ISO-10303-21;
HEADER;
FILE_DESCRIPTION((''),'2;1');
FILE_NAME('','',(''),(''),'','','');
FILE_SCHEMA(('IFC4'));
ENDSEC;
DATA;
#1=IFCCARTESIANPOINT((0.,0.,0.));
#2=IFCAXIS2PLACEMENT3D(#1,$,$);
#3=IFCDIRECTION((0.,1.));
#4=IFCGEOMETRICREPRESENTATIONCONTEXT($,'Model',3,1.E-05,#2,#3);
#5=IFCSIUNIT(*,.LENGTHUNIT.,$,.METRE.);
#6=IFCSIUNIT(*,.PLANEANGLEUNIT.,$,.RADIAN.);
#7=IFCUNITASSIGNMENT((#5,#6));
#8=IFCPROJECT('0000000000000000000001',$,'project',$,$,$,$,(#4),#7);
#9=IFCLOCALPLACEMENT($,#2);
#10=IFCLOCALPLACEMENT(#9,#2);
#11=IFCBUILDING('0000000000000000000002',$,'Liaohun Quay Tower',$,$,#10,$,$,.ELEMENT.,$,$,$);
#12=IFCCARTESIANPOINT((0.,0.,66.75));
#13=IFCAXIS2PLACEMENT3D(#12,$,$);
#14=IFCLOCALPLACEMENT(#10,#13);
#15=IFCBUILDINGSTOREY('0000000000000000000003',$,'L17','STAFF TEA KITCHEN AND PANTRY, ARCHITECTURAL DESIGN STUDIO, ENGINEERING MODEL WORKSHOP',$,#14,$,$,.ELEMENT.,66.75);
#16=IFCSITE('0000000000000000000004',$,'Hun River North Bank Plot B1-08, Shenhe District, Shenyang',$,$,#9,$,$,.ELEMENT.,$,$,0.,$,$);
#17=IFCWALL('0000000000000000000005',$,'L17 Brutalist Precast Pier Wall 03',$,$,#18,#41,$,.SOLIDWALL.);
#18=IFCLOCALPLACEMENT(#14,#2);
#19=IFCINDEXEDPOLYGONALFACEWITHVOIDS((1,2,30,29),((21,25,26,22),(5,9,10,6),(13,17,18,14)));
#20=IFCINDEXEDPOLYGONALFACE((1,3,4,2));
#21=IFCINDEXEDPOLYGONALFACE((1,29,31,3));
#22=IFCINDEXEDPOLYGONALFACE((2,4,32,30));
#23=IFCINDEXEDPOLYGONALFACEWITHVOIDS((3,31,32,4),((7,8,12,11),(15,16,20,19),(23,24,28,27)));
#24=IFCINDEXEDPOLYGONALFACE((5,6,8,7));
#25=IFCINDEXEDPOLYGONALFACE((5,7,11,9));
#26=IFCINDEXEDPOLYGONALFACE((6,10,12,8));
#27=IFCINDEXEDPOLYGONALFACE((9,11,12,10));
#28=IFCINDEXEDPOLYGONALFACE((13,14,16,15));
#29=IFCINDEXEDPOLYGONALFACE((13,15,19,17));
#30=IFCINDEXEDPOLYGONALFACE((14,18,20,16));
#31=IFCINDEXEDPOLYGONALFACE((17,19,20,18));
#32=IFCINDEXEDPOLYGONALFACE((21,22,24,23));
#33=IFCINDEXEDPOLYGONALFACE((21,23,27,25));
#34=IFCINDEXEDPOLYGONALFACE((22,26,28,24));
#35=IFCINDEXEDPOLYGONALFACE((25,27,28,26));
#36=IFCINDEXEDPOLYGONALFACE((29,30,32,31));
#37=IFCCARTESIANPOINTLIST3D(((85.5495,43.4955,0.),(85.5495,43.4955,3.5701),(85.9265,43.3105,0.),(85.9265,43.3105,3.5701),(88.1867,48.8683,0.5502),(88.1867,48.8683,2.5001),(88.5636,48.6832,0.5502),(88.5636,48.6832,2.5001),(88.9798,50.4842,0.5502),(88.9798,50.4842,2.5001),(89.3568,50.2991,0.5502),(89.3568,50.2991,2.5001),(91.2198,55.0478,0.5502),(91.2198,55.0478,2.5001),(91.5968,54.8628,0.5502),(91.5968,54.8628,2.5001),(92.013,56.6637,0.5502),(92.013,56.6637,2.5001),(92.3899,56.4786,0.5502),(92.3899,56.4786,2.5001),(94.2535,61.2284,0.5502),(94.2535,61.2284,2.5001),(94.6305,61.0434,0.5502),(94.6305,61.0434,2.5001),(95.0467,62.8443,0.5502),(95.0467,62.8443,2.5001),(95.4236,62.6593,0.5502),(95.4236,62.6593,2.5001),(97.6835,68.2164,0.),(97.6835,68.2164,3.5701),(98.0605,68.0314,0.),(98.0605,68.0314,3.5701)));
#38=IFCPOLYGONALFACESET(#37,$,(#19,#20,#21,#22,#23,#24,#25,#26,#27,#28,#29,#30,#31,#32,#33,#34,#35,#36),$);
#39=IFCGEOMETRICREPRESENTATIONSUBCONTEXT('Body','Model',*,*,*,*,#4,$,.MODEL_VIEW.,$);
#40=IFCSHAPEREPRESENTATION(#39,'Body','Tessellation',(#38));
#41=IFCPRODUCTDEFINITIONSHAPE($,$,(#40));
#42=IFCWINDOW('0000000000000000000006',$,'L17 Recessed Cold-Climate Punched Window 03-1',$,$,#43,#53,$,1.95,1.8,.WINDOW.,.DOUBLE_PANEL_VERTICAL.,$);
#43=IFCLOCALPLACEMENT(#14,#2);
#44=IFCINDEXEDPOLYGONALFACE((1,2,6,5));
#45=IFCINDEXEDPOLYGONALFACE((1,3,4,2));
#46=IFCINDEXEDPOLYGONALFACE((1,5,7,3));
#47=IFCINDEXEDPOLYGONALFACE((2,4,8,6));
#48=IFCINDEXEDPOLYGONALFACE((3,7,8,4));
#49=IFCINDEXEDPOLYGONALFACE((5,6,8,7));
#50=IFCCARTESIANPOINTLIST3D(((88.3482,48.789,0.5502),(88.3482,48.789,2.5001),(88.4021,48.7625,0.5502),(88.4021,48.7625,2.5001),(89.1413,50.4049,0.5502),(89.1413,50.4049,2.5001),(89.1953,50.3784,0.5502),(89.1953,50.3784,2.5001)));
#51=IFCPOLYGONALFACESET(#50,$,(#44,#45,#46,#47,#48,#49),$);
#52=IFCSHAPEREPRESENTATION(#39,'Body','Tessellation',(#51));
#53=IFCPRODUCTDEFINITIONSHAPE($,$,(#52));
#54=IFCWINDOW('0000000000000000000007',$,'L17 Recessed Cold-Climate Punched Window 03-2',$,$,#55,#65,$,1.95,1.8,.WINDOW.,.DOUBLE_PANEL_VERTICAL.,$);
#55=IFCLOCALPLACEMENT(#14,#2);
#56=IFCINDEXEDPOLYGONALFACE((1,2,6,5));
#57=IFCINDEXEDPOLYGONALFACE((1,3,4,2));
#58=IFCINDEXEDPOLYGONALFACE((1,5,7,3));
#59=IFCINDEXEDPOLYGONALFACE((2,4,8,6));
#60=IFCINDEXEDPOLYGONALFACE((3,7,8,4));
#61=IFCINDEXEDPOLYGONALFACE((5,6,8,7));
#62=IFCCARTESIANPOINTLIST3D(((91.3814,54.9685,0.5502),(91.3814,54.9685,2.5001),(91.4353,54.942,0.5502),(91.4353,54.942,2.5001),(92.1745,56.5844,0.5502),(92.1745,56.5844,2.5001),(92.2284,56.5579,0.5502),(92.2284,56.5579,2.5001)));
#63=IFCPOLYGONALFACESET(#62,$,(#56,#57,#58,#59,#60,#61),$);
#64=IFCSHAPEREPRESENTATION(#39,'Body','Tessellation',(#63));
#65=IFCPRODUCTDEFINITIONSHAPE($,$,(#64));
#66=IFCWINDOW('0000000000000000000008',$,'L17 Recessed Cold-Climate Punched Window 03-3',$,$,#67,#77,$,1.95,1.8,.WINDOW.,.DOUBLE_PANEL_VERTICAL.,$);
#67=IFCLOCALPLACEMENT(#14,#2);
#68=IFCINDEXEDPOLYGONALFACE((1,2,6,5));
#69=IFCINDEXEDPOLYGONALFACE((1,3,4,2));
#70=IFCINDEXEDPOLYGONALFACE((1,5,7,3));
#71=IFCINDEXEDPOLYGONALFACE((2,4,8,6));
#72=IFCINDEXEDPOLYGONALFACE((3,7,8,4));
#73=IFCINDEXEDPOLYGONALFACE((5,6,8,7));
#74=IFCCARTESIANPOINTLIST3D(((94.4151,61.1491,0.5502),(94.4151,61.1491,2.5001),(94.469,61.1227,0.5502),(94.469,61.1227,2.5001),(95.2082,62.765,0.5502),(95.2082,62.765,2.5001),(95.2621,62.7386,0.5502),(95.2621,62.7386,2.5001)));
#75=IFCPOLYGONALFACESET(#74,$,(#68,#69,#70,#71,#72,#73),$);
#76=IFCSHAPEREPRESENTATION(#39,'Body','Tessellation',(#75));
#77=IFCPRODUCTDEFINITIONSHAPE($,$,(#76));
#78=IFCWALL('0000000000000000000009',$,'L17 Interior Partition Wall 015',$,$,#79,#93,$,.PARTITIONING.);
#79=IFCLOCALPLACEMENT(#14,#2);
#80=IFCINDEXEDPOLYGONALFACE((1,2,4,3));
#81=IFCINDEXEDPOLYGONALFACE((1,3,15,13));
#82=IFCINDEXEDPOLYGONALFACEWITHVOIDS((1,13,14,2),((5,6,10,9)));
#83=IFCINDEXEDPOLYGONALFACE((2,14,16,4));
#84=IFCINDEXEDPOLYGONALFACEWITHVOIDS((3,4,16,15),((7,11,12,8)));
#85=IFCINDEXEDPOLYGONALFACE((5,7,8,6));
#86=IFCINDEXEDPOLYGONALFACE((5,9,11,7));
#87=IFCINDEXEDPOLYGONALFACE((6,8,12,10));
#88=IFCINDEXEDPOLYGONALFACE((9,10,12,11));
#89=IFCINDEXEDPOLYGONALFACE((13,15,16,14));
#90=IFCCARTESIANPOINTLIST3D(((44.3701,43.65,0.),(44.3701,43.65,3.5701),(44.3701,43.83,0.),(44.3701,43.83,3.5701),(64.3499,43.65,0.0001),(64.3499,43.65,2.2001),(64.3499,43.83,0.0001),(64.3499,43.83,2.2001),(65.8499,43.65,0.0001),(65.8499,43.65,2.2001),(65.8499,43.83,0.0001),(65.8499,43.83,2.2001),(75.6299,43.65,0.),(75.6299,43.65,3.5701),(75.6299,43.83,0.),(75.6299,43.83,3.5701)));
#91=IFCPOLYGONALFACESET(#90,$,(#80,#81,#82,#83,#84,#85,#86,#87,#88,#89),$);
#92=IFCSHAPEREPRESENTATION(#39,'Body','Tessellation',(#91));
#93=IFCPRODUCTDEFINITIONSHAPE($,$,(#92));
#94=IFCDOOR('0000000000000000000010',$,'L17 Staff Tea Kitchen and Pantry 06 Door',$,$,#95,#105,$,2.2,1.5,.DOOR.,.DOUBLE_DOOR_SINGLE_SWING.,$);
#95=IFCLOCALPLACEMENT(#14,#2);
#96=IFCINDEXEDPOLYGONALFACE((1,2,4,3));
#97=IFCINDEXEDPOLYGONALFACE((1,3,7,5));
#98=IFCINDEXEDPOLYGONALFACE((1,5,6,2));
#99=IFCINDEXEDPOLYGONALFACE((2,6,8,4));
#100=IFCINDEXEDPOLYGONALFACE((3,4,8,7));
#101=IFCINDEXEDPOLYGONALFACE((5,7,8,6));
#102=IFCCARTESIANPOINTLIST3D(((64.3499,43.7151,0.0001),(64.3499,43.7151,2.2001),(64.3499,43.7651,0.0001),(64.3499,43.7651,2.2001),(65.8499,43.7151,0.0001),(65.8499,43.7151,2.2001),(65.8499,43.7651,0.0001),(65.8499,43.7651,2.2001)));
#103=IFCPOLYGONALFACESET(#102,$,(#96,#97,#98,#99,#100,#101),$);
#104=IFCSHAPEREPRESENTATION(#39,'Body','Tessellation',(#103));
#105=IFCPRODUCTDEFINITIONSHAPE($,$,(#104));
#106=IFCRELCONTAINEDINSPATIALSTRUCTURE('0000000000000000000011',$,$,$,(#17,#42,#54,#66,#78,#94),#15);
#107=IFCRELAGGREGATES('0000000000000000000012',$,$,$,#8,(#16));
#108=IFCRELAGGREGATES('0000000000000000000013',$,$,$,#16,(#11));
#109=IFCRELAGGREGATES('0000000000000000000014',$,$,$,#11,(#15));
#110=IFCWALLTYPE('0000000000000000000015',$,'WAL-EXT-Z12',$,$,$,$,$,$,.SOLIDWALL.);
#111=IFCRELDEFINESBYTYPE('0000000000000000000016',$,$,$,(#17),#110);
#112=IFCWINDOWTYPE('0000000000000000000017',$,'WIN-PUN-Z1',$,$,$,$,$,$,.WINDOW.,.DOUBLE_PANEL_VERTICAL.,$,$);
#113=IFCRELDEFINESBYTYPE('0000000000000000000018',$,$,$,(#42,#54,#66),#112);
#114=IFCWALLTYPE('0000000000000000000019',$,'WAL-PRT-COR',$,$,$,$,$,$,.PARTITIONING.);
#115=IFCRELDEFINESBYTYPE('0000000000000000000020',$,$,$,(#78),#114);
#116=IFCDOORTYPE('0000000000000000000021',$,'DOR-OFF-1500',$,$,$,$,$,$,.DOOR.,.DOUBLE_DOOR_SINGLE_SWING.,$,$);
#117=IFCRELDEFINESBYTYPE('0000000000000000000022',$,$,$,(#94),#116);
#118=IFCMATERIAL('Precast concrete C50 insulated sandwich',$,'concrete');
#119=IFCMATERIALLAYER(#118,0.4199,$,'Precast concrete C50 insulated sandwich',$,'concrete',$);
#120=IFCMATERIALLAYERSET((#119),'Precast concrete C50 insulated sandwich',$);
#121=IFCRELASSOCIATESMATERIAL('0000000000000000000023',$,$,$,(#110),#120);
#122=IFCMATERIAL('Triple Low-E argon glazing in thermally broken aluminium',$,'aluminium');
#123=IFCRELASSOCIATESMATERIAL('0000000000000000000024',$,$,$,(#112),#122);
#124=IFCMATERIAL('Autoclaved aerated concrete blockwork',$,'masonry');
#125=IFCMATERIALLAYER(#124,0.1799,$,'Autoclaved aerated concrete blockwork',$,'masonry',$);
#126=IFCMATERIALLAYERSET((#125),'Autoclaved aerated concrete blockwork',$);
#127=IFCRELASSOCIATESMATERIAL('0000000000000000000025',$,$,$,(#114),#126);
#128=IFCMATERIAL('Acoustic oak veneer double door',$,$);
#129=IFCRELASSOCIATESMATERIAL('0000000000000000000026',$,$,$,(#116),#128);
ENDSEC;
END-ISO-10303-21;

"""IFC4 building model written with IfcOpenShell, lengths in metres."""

from ifc_helpers import new_model, si_unit, direction, frame, frame_2d, origin, place, context, subcontext, project, spatial, rectangle, extrude, source, transform, mapped, material, layer, layer_set, type_object, element, fill, save


model = new_model("IFC4")

# Units and contexts
model_context = context("Model", 3, precision=1e-05, world=origin(), true_north=direction((0.0, 1.0)))
body_context = subcontext(model_context, "Body", "Model", "MODEL_VIEW")
ifc_project = project(units=[si_unit("LENGTHUNIT", "METRE"), si_unit("PLANEANGLEUNIT", "RADIAN")], contexts=[model_context])

# Site, building, storey
site_placement = place(None, origin())
site = spatial("IfcSite", under=ifc_project, at=site_placement, Name="Hun River North Bank Plot B1-08, Shenhe District, Shenyang", CompositionType="ELEMENT", RefElevation=0.0)
building_placement = place(site_placement, origin())
building = spatial("IfcBuilding", under=site, at=building_placement, Name="Liaohun Quay Tower", CompositionType="ELEMENT")
storey_placement = place(building_placement, frame((0.0, 0.0, 66.75)))
storey = spatial("IfcBuildingStorey", under=building, at=storey_placement, Name="L17", Description="STAFF TEA KITCHEN AND PANTRY, ARCHITECTURAL DESIGN STUDIO, ENGINEERING MODEL WORKSHOP", CompositionType="ELEMENT", Elevation=66.75)

# Shared definitions
ifc_material_1 = material(Name="Precast concrete C50 insulated sandwich", Category="concrete")
ifc_layer_1 = layer(ifc_material_1, 0.4199, Name="Precast concrete C50 insulated sandwich", Category="concrete")
ifc_layer_set_1 = layer_set([ifc_layer_1], Name="Precast concrete C50 insulated sandwich")
wall_type_1 = type_object("IfcWallType", Name="WAL-EXT-Z12", PredefinedType="SOLIDWALL", material=ifc_layer_set_1)

# Wall, openings, windows
shared_shape_1 = source(origin(), body_context, "Body", "SweptSolid", [
    extrude(rectangle(XDim=1.8, YDim=1.95, at=frame_2d((0.8999, 0.9751))), frame((0.0, 0.22, 0.0), z_axis=(0.0, -1.0, 0.0), x_axis=(1.0, 0.0, 0.0)), (0.0, 0.0, 1.0), 0.4399),
])
ifc_material_2 = material(Name="Triple Low-E argon glazing in thermally broken aluminium", Category="aluminium")
window_type_1 = type_object("IfcWindowType", Name="WIN-PUN-Z1", PartitioningType="DOUBLE_PANEL_VERTICAL", PredefinedType="WINDOW", material=ifc_material_2)
shared_shape_2 = source(origin(), body_context, "Body", "SweptSolid", [
    extrude(rectangle(XDim=1.8, YDim=1.95, at=frame_2d((0.8999, 0.9751))), frame((0.0, 0.03, 0.0), z_axis=(0.0, -1.0, 0.0), x_axis=(1.0, 0.0, 0.0)), (0.0, 0.0, 1.0), 0.0601),
])
wall_1_placement = place(storey_placement, frame((85.738, 43.4031, 0.0), z_axis=(0.0, 0.0, 1.0), x_axis=(0.440623, 0.897692, 0.0)))
wall_1 = element("IfcWall", 1, at=wall_1_placement, inside=storey, type_object=wall_type_1, Name="L17 Brutalist Precast Pier Wall 03", PredefinedType="SOLIDWALL", context=body_context, shape_type="SweptSolid", body=[
    extrude(rectangle(XDim=27.5383, YDim=0.4199, at=frame_2d((13.769, 0.0))), origin(), (0.0, 0.0, 1.0), 3.5701),
])
opening_1_placement = place(wall_1_placement, frame((5.9851, 0.0, 0.55)))
opening_1 = element("IfcOpeningElement", 2, at=opening_1_placement, cuts=wall_1, PredefinedType="OPENING", context=body_context, shape_type="MappedRepresentation", body=[
    mapped(shared_shape_1, transform((0.0, 0.0, 0.0), x_axis=(1.0, 0.0, 0.0), y_axis=(0.0, 1.0, 0.0), z_axis=(0.0, 0.0, 1.0), scale=1.0)),
])
opening_2_placement = place(wall_1_placement, frame((12.8689, 0.0, 0.55)))
opening_2 = element("IfcOpeningElement", 3, at=opening_2_placement, cuts=wall_1, PredefinedType="OPENING", context=body_context, shape_type="MappedRepresentation", body=[
    mapped(shared_shape_1, transform((0.0, 0.0, 0.0), x_axis=(1.0, 0.0, 0.0), y_axis=(0.0, 1.0, 0.0), z_axis=(0.0, 0.0, 1.0), scale=1.0)),
])
opening_3_placement = place(wall_1_placement, frame((19.7539, 0.0, 0.55)))
opening_3 = element("IfcOpeningElement", 4, at=opening_3_placement, cuts=wall_1, PredefinedType="OPENING", context=body_context, shape_type="MappedRepresentation", body=[
    mapped(shared_shape_1, transform((0.0, 0.0, 0.0), x_axis=(1.0, 0.0, 0.0), y_axis=(0.0, 1.0, 0.0), z_axis=(0.0, 0.0, 1.0), scale=1.0)),
])
window_1_placement = place(opening_1_placement, origin())
window_1 = element("IfcWindow", 5, at=window_1_placement, inside=storey, type_object=window_type_1, Name="L17 Recessed Cold-Climate Punched Window 03-1", OverallHeight=1.95, OverallWidth=1.8, PartitioningType="DOUBLE_PANEL_VERTICAL", PredefinedType="WINDOW", context=body_context, shape_type="MappedRepresentation", body=[
    mapped(shared_shape_2, transform((0.0, 0.0, 0.0), x_axis=(1.0, 0.0, 0.0), y_axis=(0.0, 1.0, 0.0), z_axis=(0.0, 0.0, 1.0), scale=1.0)),
])
fill(opening_1, window_1)
window_2_placement = place(opening_2_placement, origin())
window_2 = element("IfcWindow", 6, at=window_2_placement, inside=storey, type_object=window_type_1, Name="L17 Recessed Cold-Climate Punched Window 03-2", OverallHeight=1.95, OverallWidth=1.8, PartitioningType="DOUBLE_PANEL_VERTICAL", PredefinedType="WINDOW", context=body_context, shape_type="MappedRepresentation", body=[
    mapped(shared_shape_2, transform((0.0, 0.0, 0.0), x_axis=(1.0, 0.0, 0.0), y_axis=(0.0, 1.0, 0.0), z_axis=(0.0, 0.0, 1.0), scale=1.0)),
])
fill(opening_2, window_2)
window_3_placement = place(opening_3_placement, origin())
window_3 = element("IfcWindow", 7, at=window_3_placement, inside=storey, type_object=window_type_1, Name="L17 Recessed Cold-Climate Punched Window 03-3", OverallHeight=1.95, OverallWidth=1.8, PartitioningType="DOUBLE_PANEL_VERTICAL", PredefinedType="WINDOW", context=body_context, shape_type="MappedRepresentation", body=[
    mapped(shared_shape_2, transform((0.0, 0.0, 0.0), x_axis=(1.0, 0.0, 0.0), y_axis=(0.0, 1.0, 0.0), z_axis=(0.0, 0.0, 1.0), scale=1.0)),
])
fill(opening_3, window_3)

# Wall, opening, door
ifc_material_3 = material(Name="Autoclaved aerated concrete blockwork", Category="masonry")
ifc_layer_2 = layer(ifc_material_3, 0.1799, Name="Autoclaved aerated concrete blockwork", Category="masonry")
ifc_layer_set_2 = layer_set([ifc_layer_2], Name="Autoclaved aerated concrete blockwork")
wall_type_2 = type_object("IfcWallType", Name="WAL-PRT-COR", PredefinedType="PARTITIONING", material=ifc_layer_set_2)
wall_2_placement = place(storey_placement, frame((75.6299, 43.74, 0.0), z_axis=(0.0, 0.0, 1.0), x_axis=(-1.0, 0.0, 0.0)))
wall_2 = element("IfcWall", 8, at=wall_2_placement, inside=storey, type_object=wall_type_2, Name="L17 Interior Partition Wall 015", PredefinedType="PARTITIONING", context=body_context, shape_type="SweptSolid", body=[
    extrude(rectangle(XDim=31.2598, YDim=0.1799, at=frame_2d((15.6299, 0.0))), origin(), (0.0, 0.0, 1.0), 3.5701),
])
shared_shape_3 = source(origin(), body_context, "Body", "SweptSolid", [
    extrude(rectangle(XDim=1.5, YDim=2.2, at=frame_2d((0.75, 1.1001))), frame((0.0, 0.0999, 0.0), z_axis=(0.0, -1.0, 0.0), x_axis=(1.0, 0.0, 0.0)), (0.0, 0.0, 1.0), 0.2),
])
opening_4_placement = place(wall_2_placement, frame((9.78, 0.0, 0.0)))
opening_4 = element("IfcOpeningElement", 9, at=opening_4_placement, cuts=wall_2, PredefinedType="OPENING", context=body_context, shape_type="MappedRepresentation", body=[
    mapped(shared_shape_3, transform((0.0, 0.0, 0.0), x_axis=(1.0, 0.0, 0.0), y_axis=(0.0, 1.0, 0.0), z_axis=(0.0, 0.0, 1.0), scale=1.0)),
])
ifc_material_4 = material(Name="Acoustic oak veneer double door")
door_type = type_object("IfcDoorType", Name="DOR-OFF-1500", OperationType="DOUBLE_DOOR_SINGLE_SWING", PredefinedType="DOOR", material=ifc_material_4)
shared_shape_4 = source(origin(), body_context, "Body", "SweptSolid", [
    extrude(rectangle(XDim=1.5, YDim=2.2, at=frame_2d((0.75, 1.1001))), frame((0.0, 0.0249, 0.0), z_axis=(0.0, -1.0, 0.0), x_axis=(1.0, 0.0, 0.0)), (0.0, 0.0, 1.0), 0.05),
])
door_placement = place(opening_4_placement, origin())
door = element("IfcDoor", 10, at=door_placement, inside=storey, type_object=door_type, Name="L17 Staff Tea Kitchen and Pantry 06 Door", OperationType="DOUBLE_DOOR_SINGLE_SWING", OverallHeight=2.2, OverallWidth=1.5, PredefinedType="DOOR", context=body_context, shape_type="MappedRepresentation", body=[
    mapped(shared_shape_4, transform((0.0, 0.0, 0.0), x_axis=(1.0, 0.0, 0.0), y_axis=(0.0, 1.0, 0.0), z_axis=(0.0, 0.0, 1.0), scale=1.0)),
])
fill(opening_4, door)

save(model, "model.ifc")
